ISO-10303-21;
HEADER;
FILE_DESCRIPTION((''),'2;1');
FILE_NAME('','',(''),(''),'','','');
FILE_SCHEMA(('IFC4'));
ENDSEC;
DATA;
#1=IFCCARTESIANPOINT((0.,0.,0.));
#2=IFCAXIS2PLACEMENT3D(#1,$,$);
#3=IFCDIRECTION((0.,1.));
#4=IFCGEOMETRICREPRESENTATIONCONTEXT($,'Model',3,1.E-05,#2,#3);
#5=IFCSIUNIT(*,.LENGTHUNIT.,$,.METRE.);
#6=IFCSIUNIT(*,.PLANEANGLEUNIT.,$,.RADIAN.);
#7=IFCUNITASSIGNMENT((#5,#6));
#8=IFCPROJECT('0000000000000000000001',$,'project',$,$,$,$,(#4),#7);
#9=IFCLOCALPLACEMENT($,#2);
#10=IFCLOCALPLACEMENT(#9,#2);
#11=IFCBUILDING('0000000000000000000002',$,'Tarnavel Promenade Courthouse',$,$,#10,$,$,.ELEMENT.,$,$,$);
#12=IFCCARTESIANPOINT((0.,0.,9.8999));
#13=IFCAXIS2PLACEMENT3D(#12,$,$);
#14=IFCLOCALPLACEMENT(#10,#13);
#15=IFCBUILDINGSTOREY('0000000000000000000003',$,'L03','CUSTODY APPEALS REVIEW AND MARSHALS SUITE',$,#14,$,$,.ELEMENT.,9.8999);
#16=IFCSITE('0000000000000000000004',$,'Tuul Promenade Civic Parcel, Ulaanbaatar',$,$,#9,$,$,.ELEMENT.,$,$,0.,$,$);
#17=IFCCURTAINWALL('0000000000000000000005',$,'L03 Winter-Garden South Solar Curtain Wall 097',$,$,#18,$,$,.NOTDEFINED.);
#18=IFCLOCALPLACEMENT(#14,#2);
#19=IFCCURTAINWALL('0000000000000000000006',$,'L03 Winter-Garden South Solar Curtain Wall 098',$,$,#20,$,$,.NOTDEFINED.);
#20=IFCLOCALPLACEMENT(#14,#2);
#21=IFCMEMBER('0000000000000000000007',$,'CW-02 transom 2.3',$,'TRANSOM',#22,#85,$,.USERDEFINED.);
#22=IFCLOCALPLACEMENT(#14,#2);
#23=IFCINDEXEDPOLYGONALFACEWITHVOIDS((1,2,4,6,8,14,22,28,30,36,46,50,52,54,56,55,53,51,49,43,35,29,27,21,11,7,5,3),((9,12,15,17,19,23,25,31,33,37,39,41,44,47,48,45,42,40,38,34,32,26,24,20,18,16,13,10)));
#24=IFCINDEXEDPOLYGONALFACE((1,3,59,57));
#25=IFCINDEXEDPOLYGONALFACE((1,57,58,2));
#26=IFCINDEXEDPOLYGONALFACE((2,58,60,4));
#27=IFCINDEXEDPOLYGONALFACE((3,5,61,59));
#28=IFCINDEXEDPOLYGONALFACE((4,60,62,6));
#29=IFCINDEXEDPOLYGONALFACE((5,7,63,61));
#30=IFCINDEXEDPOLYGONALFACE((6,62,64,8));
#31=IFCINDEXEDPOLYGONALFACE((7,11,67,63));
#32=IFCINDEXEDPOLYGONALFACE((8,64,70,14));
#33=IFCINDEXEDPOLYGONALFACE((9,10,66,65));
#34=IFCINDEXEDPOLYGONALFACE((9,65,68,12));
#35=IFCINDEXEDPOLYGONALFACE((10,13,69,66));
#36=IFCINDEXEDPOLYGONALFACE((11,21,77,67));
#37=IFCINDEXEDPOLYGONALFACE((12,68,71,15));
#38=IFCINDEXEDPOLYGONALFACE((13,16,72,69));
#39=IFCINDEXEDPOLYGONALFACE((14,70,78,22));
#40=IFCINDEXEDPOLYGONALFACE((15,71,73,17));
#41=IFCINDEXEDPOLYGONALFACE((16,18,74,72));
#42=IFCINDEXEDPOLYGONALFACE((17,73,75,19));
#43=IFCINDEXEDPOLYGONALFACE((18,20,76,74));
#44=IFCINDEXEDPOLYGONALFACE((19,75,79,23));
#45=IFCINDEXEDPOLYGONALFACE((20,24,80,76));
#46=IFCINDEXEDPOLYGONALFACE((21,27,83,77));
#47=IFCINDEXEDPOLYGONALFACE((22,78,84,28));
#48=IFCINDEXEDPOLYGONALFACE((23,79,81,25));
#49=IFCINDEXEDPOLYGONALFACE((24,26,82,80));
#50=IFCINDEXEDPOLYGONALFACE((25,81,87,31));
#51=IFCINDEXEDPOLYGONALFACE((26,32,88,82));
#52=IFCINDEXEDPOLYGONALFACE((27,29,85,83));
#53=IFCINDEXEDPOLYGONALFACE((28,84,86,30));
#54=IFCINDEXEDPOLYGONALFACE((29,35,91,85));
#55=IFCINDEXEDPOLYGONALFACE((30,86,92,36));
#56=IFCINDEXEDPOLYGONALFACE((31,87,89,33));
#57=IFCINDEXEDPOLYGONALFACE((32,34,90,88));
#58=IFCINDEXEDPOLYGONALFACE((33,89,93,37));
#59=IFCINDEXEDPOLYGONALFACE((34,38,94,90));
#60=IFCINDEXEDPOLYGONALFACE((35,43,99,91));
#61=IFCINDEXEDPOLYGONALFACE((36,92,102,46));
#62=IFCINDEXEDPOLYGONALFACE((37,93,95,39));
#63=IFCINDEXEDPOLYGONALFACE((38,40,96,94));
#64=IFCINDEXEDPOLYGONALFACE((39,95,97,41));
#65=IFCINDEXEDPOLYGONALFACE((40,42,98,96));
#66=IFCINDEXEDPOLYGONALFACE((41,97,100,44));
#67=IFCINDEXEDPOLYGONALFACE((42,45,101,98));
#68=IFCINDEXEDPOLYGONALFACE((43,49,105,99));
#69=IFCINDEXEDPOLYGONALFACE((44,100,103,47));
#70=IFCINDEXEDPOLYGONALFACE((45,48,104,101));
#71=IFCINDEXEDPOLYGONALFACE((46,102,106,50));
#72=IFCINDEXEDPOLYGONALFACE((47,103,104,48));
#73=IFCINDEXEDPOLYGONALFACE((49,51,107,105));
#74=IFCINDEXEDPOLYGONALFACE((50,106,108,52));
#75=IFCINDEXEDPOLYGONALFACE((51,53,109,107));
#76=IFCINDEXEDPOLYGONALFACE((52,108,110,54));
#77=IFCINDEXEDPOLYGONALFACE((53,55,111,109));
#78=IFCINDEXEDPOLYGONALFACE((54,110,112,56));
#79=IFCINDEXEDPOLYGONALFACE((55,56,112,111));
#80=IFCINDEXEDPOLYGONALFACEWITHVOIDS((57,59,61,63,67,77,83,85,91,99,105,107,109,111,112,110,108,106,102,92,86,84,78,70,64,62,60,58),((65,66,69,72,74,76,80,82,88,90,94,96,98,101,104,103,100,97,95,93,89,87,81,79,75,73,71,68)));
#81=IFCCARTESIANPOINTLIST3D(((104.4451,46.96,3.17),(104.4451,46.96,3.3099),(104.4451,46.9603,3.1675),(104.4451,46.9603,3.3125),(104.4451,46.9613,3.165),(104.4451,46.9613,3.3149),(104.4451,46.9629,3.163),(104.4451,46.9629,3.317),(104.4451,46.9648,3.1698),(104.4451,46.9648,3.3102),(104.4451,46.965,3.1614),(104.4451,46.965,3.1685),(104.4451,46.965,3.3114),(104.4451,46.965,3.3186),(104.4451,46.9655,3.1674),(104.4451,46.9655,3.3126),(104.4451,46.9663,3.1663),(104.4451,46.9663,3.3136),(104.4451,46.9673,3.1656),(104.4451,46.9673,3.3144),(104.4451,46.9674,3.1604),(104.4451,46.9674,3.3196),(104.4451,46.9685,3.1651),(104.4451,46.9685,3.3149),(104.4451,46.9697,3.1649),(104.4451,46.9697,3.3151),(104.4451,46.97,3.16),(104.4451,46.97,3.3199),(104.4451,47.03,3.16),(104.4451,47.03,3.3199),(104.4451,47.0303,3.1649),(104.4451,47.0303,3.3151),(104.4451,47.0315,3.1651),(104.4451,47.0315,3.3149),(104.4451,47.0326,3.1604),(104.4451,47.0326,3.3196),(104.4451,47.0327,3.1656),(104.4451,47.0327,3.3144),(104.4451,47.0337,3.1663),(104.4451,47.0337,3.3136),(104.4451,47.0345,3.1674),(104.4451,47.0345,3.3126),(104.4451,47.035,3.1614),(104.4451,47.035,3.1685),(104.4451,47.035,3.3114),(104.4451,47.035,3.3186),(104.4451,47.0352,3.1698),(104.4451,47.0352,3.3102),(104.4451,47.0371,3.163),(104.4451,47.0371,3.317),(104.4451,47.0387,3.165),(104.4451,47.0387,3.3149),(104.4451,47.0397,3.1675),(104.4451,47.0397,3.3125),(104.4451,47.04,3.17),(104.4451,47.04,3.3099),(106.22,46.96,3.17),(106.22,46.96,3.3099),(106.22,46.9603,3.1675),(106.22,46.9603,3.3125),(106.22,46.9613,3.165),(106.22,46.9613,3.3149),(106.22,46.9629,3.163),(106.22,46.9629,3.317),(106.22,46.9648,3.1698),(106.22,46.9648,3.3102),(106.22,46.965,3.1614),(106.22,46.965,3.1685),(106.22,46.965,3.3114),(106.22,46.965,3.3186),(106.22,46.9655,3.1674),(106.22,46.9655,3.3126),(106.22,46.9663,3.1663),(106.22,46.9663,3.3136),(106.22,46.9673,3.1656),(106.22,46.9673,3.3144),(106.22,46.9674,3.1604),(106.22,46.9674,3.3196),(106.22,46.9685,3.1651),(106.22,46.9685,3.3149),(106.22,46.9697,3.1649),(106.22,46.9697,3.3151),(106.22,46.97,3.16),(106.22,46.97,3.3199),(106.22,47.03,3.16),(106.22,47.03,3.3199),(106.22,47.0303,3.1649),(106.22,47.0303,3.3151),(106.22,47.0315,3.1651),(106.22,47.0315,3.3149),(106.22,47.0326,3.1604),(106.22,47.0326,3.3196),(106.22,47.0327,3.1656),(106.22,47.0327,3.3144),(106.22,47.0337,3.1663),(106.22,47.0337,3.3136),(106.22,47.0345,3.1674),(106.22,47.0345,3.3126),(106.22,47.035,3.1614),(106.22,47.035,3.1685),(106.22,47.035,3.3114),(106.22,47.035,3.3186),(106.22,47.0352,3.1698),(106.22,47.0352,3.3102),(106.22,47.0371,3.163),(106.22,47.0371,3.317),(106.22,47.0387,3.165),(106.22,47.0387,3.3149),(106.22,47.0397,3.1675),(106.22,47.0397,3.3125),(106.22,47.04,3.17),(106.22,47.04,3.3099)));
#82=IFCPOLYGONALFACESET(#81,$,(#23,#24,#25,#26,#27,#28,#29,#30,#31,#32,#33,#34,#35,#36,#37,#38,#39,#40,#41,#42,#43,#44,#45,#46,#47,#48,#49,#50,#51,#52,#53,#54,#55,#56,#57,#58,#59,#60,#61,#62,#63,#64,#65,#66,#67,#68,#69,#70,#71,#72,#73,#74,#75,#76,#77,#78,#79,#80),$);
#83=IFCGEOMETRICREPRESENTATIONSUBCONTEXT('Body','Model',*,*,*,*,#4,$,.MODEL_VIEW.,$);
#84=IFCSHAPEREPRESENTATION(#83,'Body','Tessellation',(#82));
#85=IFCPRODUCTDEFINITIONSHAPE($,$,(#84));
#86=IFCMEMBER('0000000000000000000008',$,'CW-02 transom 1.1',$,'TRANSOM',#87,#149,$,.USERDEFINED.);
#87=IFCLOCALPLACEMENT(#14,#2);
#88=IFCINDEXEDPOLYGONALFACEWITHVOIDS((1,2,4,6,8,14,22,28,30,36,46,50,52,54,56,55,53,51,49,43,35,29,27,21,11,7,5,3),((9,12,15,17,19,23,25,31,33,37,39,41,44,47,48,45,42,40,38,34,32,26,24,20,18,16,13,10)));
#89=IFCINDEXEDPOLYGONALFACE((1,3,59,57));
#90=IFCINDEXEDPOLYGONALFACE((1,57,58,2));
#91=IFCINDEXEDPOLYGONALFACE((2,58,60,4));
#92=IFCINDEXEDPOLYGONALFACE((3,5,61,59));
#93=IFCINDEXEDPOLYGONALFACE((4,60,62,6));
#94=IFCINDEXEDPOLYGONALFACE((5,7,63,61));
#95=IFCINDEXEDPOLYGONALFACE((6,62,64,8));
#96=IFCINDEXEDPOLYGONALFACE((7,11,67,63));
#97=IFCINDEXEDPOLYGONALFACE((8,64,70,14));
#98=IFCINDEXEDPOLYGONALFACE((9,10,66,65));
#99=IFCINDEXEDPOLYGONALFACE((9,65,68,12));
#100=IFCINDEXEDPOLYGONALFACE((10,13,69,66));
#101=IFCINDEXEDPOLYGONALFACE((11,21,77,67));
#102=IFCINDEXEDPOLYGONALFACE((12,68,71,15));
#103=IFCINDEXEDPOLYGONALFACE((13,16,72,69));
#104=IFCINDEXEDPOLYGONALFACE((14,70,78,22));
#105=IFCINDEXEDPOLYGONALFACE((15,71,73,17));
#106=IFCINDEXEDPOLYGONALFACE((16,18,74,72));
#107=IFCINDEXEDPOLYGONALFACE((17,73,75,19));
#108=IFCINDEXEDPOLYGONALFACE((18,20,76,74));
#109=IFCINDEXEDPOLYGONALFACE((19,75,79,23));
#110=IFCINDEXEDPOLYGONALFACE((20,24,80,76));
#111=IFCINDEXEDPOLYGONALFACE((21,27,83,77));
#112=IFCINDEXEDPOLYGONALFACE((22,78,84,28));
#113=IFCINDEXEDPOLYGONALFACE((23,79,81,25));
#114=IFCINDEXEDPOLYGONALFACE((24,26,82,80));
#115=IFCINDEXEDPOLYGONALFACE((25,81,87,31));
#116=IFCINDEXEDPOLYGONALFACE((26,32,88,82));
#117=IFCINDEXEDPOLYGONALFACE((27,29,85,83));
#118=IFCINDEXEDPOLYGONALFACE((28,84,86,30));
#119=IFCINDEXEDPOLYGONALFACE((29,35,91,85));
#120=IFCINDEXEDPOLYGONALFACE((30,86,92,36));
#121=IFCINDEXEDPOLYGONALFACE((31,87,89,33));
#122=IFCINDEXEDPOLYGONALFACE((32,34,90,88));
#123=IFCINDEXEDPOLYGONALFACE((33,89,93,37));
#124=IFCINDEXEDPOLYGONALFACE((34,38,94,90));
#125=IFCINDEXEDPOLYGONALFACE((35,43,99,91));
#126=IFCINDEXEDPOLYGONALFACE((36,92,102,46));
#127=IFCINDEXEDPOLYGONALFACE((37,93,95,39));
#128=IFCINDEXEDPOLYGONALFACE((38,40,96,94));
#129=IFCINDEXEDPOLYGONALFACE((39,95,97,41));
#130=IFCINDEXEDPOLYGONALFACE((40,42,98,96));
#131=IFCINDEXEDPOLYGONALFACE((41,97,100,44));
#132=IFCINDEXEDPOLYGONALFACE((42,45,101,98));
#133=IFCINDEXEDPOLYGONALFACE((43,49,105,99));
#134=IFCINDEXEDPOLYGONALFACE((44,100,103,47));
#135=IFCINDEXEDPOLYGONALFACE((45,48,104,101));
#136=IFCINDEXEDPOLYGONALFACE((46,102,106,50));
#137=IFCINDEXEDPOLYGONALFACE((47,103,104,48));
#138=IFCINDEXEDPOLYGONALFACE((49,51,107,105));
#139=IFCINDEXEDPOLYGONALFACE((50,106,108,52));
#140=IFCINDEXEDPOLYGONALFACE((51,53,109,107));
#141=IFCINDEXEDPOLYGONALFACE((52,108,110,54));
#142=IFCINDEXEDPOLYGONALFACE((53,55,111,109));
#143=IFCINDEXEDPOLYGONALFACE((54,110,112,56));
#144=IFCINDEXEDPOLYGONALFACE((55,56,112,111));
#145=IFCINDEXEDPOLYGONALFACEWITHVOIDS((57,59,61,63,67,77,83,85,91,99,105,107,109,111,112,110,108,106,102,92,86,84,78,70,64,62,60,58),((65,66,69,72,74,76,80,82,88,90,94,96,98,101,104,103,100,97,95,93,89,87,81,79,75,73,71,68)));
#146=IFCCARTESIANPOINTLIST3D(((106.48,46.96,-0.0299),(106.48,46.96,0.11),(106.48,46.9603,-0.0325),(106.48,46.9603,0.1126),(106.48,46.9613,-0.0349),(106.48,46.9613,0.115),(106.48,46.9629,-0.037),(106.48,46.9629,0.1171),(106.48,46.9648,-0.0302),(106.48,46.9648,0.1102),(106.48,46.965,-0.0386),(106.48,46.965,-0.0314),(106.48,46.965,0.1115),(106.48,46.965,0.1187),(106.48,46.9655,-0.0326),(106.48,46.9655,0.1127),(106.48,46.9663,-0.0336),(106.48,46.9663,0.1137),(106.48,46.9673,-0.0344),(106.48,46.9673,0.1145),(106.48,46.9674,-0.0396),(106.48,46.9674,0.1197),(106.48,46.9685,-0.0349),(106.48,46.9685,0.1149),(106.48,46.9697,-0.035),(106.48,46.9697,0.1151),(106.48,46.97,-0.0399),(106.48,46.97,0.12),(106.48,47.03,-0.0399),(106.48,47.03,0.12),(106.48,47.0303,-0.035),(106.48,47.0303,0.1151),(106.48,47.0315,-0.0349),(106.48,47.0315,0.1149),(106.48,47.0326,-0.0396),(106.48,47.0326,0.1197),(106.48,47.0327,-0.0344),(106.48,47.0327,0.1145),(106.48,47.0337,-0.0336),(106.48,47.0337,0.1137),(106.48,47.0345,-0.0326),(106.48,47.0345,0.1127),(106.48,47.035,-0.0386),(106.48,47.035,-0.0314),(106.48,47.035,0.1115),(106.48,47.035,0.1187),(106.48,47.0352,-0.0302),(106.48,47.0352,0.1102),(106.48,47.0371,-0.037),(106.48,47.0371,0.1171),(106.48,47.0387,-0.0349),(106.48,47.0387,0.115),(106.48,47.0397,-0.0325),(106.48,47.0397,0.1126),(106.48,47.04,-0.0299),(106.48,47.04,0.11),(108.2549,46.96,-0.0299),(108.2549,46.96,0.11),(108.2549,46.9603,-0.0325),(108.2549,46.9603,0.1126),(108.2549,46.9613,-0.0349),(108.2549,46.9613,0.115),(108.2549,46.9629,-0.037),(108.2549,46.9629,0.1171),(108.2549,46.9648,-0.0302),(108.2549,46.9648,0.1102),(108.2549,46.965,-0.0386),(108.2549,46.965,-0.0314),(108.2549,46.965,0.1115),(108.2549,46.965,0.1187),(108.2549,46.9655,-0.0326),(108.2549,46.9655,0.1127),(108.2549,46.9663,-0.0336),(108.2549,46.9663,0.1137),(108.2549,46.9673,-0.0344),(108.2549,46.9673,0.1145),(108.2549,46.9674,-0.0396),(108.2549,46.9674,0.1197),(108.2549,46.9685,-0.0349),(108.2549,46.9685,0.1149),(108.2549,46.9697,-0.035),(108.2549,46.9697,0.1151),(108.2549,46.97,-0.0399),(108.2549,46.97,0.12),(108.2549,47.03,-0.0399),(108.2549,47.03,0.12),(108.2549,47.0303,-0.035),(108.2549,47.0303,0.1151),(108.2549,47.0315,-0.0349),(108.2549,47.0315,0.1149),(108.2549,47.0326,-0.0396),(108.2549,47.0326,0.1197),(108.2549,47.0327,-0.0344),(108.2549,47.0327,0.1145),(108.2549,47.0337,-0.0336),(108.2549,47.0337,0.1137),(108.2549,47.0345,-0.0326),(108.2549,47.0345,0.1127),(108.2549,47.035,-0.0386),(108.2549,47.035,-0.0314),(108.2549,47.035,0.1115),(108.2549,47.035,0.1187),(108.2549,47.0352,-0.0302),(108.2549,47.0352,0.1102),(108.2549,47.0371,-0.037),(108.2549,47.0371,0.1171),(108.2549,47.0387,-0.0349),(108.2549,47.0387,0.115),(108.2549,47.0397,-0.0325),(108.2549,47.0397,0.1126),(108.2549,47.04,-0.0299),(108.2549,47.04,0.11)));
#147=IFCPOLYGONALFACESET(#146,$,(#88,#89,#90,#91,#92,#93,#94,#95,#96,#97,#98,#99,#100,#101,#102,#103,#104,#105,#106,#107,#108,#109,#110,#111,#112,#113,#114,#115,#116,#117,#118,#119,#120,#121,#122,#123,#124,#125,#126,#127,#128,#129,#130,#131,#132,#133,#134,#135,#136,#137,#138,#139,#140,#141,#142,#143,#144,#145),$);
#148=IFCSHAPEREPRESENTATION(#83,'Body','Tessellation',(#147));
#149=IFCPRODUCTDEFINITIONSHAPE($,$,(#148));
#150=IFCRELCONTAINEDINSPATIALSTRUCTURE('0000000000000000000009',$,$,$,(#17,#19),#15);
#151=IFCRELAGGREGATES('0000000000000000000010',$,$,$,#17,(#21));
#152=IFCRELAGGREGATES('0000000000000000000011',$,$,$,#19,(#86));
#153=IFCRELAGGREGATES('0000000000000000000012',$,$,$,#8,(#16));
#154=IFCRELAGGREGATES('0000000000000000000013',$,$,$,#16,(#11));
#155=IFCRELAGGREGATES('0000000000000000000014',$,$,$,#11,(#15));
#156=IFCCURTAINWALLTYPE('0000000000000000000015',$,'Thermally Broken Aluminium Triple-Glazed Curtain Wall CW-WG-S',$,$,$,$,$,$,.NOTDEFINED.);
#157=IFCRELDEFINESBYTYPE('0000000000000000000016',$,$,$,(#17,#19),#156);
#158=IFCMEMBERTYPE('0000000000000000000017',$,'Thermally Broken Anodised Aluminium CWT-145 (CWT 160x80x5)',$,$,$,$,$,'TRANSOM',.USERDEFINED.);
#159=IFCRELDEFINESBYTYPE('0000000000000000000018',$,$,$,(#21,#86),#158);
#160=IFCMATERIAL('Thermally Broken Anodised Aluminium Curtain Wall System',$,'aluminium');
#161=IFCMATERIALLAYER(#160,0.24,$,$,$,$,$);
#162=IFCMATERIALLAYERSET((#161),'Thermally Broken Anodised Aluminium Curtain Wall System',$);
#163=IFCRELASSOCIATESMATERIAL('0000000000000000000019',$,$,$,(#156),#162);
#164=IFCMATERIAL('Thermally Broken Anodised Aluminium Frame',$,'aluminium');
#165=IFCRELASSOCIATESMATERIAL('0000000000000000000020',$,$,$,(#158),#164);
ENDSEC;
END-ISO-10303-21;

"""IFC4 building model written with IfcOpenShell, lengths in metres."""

from ifc_helpers import new_model, si_unit, direction, frame, origin, origin_2d, place, context, subcontext, project, spatial, hollow_rectangle, extrude, material, layer, layer_set, material_profile, profile_set, type_object, element, aggregate, save


model = new_model("IFC4")

# Units and contexts
model_context = context("Model", 3, precision=1e-05, world=origin(), true_north=direction((0.0, 1.0)))
body_context = subcontext(model_context, "Body", "Model", "MODEL_VIEW")
ifc_project = project(units=[si_unit("LENGTHUNIT", "METRE"), si_unit("PLANEANGLEUNIT", "RADIAN")], contexts=[model_context])

# Site, building, storey
site_placement = place(None, origin())
site = spatial("IfcSite", under=ifc_project, at=site_placement, Name="Tuul Promenade Civic Parcel, Ulaanbaatar", CompositionType="ELEMENT", RefElevation=0.0)
building_placement = place(site_placement, origin())
building = spatial("IfcBuilding", under=site, at=building_placement, Name="Tarnavel Promenade Courthouse", CompositionType="ELEMENT")
storey_placement = place(building_placement, frame((0.0, 0.0, 9.8999)))
storey = spatial("IfcBuildingStorey", under=building, at=storey_placement, Name="L03", Description="CUSTODY APPEALS REVIEW AND MARSHALS SUITE", CompositionType="ELEMENT", Elevation=9.8999)

# Curtain wall
ifc_material_1 = material(Name="Thermally Broken Anodised Aluminium Curtain Wall System", Category="aluminium")
ifc_layer_1 = layer(ifc_material_1, 0.24)
ifc_layer_set_1 = layer_set([ifc_layer_1], Name="Thermally Broken Anodised Aluminium Curtain Wall System")
curtain_wall_type = type_object("IfcCurtainWallType", Name="Thermally Broken Aluminium Triple-Glazed Curtain Wall CW-WG-S", PredefinedType="NOTDEFINED", material=ifc_layer_set_1)
curtain_wall_1_placement = place(storey_placement, origin())
curtain_wall_1 = element("IfcCurtainWall", 1, at=curtain_wall_1_placement, inside=storey, type_object=curtain_wall_type, Name="L03 Winter-Garden South Solar Curtain Wall 097", PredefinedType="NOTDEFINED")
ifc_material_2 = material(Name="Thermally Broken Anodised Aluminium Frame", Category="aluminium")

# Curtain wall
curtain_wall_2_placement = place(storey_placement, origin())
curtain_wall_2 = element("IfcCurtainWall", 2, at=curtain_wall_2_placement, inside=storey, type_object=curtain_wall_type, Name="L03 Winter-Garden South Solar Curtain Wall 098", PredefinedType="NOTDEFINED")

# Members
ifc_material_profile_1 = material_profile(ifc_material_2, hollow_rectangle(XDim=0.0801, YDim=0.1599, WallThickness=0.0049, InnerFilletRadius=0.0049, OuterFilletRadius=0.01, at=origin_2d()), Name="CWT 160x80x5")
ifc_profile_set_1 = profile_set([ifc_material_profile_1], Name="Thermally Broken Anodised Aluminium Frame")
member_type_1 = type_object("IfcMemberType", Name="Thermally Broken Anodised Aluminium CWT-145 (CWT 160x80x5)", ElementType="TRANSOM", PredefinedType="USERDEFINED", material=ifc_profile_set_1)
member_1_placement = place(storey_placement, frame((104.4451, 47.0, 3.24), z_axis=(1.0, 0.0, 0.0), x_axis=(0.0, 1.0, 0.0)))
member_1 = element("IfcMember", 3, at=member_1_placement, type_object=member_type_1, Name="CW-02 transom 2.3", ObjectType="TRANSOM", PredefinedType="USERDEFINED", context=body_context, shape_type="SweptSolid", body=[
    extrude(hollow_rectangle(XDim=0.0801, YDim=0.1599, WallThickness=0.0049, InnerFilletRadius=0.0049, OuterFilletRadius=0.01, at=origin_2d()), origin(), (0.0, 0.0, 1.0), 1.7749),
])
member_2_placement = place(storey_placement, frame((106.48, 47.0, 0.04), z_axis=(1.0, 0.0, 0.0), x_axis=(0.0, 1.0, 0.0)))
member_2 = element("IfcMember", 4, at=member_2_placement, type_object=member_type_1, Name="CW-02 transom 1.1", ObjectType="TRANSOM", PredefinedType="USERDEFINED", context=body_context, shape_type="SweptSolid", body=[
    extrude(hollow_rectangle(XDim=0.0801, YDim=0.1599, WallThickness=0.0049, InnerFilletRadius=0.0049, OuterFilletRadius=0.01, at=origin_2d()), origin(), (0.0, 0.0, 1.0), 1.7749),
])

aggregate(curtain_wall_1, [member_1])
aggregate(curtain_wall_2, [member_2])

save(model, "model.ifc")
